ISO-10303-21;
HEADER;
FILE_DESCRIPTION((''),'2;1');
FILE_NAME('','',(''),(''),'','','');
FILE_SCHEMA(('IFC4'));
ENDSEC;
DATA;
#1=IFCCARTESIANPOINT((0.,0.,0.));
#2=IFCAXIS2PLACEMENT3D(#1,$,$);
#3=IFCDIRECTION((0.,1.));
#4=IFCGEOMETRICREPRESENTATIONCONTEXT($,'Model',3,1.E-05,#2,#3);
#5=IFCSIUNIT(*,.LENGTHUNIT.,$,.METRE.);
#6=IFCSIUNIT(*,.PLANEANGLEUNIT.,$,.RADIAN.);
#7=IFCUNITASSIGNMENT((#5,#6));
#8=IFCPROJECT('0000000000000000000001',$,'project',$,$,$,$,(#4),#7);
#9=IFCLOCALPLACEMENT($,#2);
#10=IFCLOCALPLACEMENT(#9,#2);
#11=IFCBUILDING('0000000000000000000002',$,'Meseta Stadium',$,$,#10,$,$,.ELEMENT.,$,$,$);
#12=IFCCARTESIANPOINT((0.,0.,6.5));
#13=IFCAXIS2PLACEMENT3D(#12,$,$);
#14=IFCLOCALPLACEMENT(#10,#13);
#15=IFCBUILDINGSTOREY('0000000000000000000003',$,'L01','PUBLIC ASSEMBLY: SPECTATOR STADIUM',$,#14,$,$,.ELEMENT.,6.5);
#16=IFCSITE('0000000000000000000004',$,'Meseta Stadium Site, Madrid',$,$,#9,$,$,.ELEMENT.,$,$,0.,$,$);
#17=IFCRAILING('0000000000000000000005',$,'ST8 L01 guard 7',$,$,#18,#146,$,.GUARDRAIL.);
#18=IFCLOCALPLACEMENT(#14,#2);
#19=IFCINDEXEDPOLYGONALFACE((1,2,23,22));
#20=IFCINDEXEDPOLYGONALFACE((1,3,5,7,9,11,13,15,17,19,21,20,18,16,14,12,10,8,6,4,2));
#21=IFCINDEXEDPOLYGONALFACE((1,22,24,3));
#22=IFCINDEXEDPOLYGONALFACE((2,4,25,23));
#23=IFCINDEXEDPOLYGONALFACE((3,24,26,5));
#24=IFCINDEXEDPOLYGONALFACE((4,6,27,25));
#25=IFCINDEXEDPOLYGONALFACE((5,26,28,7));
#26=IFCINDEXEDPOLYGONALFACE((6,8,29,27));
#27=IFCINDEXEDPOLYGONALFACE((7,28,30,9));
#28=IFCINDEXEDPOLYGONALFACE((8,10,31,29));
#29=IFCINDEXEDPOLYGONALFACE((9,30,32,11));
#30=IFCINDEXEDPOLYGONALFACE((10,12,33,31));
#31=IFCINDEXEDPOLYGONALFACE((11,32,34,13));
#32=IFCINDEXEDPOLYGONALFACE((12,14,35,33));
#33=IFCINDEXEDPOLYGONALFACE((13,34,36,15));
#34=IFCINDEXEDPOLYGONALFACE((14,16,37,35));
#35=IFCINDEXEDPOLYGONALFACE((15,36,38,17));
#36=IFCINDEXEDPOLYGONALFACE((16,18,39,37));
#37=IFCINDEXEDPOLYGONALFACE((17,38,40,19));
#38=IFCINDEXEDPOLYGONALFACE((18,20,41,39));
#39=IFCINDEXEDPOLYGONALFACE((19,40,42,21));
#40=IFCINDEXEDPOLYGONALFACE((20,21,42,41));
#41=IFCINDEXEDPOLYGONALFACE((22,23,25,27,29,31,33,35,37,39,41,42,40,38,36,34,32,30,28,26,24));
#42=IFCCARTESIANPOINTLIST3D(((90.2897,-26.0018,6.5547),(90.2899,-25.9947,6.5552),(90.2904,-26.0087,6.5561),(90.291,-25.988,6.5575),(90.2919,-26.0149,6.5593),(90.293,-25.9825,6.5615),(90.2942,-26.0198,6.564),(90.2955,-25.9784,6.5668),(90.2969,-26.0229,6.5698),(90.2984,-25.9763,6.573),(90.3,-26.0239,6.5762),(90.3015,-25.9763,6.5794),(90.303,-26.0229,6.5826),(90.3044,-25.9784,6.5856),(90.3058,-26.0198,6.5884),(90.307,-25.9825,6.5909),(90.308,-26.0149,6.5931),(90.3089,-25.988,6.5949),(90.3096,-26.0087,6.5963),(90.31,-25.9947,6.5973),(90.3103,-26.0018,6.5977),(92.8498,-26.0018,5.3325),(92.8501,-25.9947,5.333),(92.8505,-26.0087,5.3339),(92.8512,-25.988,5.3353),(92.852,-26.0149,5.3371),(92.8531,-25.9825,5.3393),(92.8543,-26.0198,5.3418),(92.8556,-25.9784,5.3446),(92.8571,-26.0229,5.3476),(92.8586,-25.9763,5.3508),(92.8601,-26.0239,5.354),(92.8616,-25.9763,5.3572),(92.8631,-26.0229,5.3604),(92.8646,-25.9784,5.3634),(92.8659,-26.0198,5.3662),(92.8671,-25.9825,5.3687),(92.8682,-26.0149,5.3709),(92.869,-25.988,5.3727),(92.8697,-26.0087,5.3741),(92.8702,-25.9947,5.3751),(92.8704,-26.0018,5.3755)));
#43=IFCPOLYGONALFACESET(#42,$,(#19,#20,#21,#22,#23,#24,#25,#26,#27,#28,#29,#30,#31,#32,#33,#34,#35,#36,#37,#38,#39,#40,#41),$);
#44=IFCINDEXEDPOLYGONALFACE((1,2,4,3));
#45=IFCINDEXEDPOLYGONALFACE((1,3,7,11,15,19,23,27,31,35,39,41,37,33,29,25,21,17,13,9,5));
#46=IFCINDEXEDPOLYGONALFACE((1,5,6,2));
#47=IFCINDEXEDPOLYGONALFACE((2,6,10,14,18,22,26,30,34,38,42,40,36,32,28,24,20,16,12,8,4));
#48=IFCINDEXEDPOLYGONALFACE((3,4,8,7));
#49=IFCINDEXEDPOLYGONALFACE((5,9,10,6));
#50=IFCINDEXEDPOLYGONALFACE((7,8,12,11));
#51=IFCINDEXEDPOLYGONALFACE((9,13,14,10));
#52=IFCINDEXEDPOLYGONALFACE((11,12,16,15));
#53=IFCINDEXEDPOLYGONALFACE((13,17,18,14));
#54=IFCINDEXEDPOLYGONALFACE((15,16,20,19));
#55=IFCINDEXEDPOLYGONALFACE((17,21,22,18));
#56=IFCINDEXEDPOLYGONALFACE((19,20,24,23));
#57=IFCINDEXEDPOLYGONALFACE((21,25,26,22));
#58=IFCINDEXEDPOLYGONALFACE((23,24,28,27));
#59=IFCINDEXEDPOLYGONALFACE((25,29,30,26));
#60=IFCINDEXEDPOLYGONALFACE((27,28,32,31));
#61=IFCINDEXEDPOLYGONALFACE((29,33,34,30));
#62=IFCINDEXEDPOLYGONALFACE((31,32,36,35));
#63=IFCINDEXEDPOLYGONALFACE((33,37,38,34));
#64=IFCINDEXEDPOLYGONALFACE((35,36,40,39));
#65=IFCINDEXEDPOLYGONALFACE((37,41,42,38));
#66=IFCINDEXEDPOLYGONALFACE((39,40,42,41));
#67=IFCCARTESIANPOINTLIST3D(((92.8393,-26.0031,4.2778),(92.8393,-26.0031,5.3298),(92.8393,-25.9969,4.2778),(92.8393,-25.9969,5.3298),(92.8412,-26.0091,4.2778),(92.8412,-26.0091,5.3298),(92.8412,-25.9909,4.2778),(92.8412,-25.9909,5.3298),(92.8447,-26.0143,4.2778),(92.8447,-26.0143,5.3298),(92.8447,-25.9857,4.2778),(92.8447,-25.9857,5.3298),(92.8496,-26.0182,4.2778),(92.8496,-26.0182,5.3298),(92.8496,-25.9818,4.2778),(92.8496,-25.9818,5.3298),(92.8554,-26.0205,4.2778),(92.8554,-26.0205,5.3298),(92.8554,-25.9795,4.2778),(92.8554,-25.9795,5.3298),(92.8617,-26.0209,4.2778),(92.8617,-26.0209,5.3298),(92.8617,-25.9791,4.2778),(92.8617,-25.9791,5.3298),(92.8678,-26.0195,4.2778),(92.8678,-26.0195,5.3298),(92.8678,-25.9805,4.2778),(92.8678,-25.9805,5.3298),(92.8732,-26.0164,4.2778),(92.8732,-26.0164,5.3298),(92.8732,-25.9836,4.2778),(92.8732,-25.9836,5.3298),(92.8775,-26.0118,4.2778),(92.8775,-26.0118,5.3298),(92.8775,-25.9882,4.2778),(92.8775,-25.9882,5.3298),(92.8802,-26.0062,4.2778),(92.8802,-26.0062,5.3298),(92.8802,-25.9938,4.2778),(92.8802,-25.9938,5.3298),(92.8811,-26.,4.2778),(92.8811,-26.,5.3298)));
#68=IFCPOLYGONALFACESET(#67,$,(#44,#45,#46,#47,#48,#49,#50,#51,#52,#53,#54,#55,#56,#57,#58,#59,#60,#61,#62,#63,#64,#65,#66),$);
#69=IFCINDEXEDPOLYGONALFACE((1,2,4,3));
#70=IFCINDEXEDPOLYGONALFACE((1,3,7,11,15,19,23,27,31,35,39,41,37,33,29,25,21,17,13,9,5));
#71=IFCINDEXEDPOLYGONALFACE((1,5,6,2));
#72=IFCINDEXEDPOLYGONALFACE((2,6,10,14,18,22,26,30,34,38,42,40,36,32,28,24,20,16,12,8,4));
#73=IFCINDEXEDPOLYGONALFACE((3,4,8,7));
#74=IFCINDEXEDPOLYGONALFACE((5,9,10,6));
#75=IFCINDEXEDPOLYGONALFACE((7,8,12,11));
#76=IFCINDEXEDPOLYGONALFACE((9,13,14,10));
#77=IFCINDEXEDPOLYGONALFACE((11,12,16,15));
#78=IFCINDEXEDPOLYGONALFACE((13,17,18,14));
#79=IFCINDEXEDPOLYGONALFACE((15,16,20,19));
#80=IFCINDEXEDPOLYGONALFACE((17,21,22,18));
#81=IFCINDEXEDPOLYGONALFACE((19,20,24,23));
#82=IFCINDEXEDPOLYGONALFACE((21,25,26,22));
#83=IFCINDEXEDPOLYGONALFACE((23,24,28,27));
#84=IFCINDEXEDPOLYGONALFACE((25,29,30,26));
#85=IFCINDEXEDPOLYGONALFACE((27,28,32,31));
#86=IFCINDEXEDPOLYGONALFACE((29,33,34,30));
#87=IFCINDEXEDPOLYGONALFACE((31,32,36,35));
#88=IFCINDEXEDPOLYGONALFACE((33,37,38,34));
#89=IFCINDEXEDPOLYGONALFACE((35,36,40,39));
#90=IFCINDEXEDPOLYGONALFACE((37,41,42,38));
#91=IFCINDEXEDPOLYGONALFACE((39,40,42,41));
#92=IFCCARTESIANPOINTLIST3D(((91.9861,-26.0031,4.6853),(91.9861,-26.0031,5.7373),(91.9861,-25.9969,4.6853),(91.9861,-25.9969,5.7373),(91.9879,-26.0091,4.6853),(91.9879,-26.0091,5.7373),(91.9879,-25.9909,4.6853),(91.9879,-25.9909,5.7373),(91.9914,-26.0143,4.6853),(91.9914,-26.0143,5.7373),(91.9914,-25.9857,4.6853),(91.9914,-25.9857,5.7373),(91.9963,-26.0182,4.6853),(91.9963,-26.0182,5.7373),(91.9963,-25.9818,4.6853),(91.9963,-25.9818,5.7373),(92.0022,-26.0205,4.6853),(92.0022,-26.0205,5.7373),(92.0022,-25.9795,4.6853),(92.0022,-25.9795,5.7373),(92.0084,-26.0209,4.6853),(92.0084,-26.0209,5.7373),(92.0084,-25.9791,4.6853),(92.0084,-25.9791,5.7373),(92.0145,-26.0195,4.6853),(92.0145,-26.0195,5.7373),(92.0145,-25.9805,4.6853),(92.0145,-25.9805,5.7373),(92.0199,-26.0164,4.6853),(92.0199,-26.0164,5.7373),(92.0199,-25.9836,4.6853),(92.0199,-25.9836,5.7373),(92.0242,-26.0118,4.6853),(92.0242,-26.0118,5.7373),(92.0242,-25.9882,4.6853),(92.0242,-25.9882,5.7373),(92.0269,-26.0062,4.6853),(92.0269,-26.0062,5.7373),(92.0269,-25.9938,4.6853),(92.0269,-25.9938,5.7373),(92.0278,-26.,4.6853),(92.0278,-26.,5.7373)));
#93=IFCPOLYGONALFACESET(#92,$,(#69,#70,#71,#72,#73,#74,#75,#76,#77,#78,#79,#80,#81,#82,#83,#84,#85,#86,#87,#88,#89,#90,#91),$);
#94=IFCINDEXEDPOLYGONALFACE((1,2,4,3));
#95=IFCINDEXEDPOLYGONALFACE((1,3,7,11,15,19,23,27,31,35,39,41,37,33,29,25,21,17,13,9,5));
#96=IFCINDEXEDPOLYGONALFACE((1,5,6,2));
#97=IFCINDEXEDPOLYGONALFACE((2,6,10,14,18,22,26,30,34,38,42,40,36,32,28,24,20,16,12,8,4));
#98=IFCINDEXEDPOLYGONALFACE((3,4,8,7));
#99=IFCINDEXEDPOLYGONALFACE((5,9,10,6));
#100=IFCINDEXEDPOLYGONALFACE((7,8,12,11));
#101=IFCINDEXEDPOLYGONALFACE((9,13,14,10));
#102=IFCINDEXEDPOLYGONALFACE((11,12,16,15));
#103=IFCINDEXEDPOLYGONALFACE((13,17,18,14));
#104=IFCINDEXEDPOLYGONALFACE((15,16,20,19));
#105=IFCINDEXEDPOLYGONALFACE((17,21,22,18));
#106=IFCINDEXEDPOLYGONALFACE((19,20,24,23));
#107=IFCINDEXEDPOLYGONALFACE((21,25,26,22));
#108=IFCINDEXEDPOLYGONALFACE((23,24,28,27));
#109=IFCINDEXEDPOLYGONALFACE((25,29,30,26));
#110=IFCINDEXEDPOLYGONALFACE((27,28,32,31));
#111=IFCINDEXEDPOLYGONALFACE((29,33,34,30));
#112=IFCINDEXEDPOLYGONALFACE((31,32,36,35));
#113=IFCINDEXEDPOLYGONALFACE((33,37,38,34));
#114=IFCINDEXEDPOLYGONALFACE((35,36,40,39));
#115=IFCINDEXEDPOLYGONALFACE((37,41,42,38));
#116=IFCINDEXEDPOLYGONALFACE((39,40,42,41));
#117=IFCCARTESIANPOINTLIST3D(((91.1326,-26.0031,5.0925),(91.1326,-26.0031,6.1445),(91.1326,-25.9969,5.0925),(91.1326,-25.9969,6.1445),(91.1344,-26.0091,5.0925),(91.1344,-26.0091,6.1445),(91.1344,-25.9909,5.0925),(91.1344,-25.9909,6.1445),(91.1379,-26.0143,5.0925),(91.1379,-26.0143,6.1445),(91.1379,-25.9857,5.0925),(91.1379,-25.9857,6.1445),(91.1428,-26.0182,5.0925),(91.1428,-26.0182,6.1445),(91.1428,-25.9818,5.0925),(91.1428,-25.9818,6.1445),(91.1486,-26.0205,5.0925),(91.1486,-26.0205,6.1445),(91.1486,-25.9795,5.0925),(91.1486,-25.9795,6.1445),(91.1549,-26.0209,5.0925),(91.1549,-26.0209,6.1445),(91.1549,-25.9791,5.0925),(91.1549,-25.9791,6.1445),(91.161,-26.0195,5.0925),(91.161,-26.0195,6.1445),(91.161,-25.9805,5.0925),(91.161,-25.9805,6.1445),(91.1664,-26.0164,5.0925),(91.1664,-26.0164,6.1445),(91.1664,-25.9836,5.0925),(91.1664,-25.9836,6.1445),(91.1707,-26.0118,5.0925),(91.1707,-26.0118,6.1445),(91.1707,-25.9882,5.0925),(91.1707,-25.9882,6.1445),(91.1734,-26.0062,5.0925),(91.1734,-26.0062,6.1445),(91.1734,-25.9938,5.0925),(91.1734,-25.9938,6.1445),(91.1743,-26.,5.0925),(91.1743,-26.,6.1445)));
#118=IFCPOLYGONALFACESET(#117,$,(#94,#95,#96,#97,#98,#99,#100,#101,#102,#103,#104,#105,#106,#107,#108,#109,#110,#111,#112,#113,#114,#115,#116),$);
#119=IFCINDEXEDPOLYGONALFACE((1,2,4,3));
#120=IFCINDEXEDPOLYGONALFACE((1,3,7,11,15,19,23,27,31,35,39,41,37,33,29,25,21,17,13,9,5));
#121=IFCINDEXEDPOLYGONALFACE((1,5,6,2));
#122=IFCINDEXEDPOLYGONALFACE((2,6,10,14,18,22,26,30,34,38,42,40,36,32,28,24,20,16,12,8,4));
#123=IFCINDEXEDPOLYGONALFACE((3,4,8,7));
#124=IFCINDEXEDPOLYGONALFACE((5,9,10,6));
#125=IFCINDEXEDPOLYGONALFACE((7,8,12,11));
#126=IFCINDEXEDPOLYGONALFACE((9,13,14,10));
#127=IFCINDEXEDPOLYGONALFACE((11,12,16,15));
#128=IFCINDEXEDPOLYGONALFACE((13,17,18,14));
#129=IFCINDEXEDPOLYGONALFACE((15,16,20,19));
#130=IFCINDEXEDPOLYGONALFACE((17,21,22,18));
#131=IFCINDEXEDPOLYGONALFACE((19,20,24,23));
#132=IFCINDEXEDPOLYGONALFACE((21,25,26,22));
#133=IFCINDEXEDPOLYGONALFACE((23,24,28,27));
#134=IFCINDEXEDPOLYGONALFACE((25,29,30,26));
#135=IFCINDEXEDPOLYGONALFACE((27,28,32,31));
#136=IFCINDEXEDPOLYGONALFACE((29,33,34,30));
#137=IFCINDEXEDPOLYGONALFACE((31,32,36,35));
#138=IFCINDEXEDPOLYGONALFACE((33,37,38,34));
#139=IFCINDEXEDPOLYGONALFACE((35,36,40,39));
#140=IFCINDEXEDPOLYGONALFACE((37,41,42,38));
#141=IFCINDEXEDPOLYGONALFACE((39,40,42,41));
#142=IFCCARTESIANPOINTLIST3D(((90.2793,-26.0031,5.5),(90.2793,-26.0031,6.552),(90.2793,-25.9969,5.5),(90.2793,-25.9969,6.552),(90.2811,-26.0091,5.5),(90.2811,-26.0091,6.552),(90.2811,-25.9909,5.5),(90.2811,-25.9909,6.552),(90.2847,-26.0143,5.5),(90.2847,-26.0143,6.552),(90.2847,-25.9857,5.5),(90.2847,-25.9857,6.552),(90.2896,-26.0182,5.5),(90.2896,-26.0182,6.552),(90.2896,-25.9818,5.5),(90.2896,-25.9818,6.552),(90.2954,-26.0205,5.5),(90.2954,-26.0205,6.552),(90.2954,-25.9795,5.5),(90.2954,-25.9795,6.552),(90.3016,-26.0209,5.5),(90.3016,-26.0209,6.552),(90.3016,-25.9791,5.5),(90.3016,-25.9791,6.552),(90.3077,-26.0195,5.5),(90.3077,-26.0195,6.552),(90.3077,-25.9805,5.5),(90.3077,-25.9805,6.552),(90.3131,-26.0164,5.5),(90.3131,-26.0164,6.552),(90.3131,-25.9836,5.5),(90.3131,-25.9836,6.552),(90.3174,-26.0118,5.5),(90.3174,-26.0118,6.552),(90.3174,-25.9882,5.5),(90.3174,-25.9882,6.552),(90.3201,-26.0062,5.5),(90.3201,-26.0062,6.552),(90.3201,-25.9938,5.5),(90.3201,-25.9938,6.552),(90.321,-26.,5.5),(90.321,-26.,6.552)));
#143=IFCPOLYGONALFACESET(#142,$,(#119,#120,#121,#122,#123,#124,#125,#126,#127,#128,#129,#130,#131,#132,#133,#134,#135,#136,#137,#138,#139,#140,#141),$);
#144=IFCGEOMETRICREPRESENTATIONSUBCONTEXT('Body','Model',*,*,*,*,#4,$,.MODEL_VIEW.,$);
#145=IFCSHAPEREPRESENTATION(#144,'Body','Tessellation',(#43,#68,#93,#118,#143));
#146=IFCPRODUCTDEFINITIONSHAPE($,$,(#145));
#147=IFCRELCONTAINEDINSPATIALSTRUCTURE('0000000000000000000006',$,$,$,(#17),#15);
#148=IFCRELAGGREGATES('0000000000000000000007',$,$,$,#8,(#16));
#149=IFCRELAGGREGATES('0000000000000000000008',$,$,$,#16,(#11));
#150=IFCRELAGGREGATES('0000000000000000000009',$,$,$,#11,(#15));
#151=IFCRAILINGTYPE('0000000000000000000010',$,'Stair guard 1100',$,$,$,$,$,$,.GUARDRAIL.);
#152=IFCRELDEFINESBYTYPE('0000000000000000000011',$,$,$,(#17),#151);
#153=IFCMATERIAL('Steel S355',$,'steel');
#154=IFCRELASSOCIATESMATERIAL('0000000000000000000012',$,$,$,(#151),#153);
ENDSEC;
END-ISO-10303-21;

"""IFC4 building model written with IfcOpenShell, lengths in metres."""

from ifc_helpers import new_model, si_unit, direction, frame, origin, origin_2d, place, context, subcontext, project, spatial, circle, extrude, material, type_object, element, save


model = new_model("IFC4")

# Units and contexts
model_context = context("Model", 3, precision=1e-05, world=origin(), true_north=direction((0.0, 1.0)))
body_context = subcontext(model_context, "Body", "Model", "MODEL_VIEW")
ifc_project = project(units=[si_unit("LENGTHUNIT", "METRE"), si_unit("PLANEANGLEUNIT", "RADIAN")], contexts=[model_context])

# Site, building, storey
site_placement = place(None, origin())
site = spatial("IfcSite", under=ifc_project, at=site_placement, Name="Meseta Stadium Site, Madrid", CompositionType="ELEMENT", RefElevation=0.0)
building_placement = place(site_placement, origin())
building = spatial("IfcBuilding", under=site, at=building_placement, Name="Meseta Stadium", CompositionType="ELEMENT")
storey_placement = place(building_placement, frame((0.0, 0.0, 6.5)))
storey = spatial("IfcBuildingStorey", under=building, at=storey_placement, Name="L01", Description="PUBLIC ASSEMBLY: SPECTATOR STADIUM", CompositionType="ELEMENT", Elevation=6.5)

# Railing
ifc_material_1 = material(Name="Steel S355", Category="steel")
railing_type_1 = type_object("IfcRailingType", Name="Stair guard 1100", PredefinedType="GUARDRAIL", material=ifc_material_1)
railing_1_placement = place(storey_placement, frame((92.8601, -26.0, 4.2778)))
element("IfcRailing", 1, at=railing_1_placement, inside=storey, type_object=railing_type_1, Name="ST8 L01 guard 7", PredefinedType="GUARDRAIL", context=body_context, shape_type="SweptSolid", body=[
    extrude(circle(Radius=0.0239, at=origin_2d()), frame((0.0, 0.0, 1.0762), z_axis=(-0.902437, 0.0, 0.430822), x_axis=(0.0, -1.0, 0.0)), (0.0, 0.0, 1.0), 2.8369),
    extrude(circle(Radius=0.021, at=origin_2d()), origin(), (0.0, 0.0, 1.0), 1.052),
    extrude(circle(Radius=0.021, at=origin_2d()), frame((-0.8533, 0.0, 0.4075)), (0.0, 0.0, 1.0), 1.052),
    extrude(circle(Radius=0.021, at=origin_2d()), frame((-1.7068, 0.0, 0.8147)), (0.0, 0.0, 1.0), 1.052),
    extrude(circle(Radius=0.021, at=origin_2d()), frame((-2.5601, 0.0, 1.2222)), (0.0, 0.0, 1.0), 1.052),
])

save(model, "model.ifc")
